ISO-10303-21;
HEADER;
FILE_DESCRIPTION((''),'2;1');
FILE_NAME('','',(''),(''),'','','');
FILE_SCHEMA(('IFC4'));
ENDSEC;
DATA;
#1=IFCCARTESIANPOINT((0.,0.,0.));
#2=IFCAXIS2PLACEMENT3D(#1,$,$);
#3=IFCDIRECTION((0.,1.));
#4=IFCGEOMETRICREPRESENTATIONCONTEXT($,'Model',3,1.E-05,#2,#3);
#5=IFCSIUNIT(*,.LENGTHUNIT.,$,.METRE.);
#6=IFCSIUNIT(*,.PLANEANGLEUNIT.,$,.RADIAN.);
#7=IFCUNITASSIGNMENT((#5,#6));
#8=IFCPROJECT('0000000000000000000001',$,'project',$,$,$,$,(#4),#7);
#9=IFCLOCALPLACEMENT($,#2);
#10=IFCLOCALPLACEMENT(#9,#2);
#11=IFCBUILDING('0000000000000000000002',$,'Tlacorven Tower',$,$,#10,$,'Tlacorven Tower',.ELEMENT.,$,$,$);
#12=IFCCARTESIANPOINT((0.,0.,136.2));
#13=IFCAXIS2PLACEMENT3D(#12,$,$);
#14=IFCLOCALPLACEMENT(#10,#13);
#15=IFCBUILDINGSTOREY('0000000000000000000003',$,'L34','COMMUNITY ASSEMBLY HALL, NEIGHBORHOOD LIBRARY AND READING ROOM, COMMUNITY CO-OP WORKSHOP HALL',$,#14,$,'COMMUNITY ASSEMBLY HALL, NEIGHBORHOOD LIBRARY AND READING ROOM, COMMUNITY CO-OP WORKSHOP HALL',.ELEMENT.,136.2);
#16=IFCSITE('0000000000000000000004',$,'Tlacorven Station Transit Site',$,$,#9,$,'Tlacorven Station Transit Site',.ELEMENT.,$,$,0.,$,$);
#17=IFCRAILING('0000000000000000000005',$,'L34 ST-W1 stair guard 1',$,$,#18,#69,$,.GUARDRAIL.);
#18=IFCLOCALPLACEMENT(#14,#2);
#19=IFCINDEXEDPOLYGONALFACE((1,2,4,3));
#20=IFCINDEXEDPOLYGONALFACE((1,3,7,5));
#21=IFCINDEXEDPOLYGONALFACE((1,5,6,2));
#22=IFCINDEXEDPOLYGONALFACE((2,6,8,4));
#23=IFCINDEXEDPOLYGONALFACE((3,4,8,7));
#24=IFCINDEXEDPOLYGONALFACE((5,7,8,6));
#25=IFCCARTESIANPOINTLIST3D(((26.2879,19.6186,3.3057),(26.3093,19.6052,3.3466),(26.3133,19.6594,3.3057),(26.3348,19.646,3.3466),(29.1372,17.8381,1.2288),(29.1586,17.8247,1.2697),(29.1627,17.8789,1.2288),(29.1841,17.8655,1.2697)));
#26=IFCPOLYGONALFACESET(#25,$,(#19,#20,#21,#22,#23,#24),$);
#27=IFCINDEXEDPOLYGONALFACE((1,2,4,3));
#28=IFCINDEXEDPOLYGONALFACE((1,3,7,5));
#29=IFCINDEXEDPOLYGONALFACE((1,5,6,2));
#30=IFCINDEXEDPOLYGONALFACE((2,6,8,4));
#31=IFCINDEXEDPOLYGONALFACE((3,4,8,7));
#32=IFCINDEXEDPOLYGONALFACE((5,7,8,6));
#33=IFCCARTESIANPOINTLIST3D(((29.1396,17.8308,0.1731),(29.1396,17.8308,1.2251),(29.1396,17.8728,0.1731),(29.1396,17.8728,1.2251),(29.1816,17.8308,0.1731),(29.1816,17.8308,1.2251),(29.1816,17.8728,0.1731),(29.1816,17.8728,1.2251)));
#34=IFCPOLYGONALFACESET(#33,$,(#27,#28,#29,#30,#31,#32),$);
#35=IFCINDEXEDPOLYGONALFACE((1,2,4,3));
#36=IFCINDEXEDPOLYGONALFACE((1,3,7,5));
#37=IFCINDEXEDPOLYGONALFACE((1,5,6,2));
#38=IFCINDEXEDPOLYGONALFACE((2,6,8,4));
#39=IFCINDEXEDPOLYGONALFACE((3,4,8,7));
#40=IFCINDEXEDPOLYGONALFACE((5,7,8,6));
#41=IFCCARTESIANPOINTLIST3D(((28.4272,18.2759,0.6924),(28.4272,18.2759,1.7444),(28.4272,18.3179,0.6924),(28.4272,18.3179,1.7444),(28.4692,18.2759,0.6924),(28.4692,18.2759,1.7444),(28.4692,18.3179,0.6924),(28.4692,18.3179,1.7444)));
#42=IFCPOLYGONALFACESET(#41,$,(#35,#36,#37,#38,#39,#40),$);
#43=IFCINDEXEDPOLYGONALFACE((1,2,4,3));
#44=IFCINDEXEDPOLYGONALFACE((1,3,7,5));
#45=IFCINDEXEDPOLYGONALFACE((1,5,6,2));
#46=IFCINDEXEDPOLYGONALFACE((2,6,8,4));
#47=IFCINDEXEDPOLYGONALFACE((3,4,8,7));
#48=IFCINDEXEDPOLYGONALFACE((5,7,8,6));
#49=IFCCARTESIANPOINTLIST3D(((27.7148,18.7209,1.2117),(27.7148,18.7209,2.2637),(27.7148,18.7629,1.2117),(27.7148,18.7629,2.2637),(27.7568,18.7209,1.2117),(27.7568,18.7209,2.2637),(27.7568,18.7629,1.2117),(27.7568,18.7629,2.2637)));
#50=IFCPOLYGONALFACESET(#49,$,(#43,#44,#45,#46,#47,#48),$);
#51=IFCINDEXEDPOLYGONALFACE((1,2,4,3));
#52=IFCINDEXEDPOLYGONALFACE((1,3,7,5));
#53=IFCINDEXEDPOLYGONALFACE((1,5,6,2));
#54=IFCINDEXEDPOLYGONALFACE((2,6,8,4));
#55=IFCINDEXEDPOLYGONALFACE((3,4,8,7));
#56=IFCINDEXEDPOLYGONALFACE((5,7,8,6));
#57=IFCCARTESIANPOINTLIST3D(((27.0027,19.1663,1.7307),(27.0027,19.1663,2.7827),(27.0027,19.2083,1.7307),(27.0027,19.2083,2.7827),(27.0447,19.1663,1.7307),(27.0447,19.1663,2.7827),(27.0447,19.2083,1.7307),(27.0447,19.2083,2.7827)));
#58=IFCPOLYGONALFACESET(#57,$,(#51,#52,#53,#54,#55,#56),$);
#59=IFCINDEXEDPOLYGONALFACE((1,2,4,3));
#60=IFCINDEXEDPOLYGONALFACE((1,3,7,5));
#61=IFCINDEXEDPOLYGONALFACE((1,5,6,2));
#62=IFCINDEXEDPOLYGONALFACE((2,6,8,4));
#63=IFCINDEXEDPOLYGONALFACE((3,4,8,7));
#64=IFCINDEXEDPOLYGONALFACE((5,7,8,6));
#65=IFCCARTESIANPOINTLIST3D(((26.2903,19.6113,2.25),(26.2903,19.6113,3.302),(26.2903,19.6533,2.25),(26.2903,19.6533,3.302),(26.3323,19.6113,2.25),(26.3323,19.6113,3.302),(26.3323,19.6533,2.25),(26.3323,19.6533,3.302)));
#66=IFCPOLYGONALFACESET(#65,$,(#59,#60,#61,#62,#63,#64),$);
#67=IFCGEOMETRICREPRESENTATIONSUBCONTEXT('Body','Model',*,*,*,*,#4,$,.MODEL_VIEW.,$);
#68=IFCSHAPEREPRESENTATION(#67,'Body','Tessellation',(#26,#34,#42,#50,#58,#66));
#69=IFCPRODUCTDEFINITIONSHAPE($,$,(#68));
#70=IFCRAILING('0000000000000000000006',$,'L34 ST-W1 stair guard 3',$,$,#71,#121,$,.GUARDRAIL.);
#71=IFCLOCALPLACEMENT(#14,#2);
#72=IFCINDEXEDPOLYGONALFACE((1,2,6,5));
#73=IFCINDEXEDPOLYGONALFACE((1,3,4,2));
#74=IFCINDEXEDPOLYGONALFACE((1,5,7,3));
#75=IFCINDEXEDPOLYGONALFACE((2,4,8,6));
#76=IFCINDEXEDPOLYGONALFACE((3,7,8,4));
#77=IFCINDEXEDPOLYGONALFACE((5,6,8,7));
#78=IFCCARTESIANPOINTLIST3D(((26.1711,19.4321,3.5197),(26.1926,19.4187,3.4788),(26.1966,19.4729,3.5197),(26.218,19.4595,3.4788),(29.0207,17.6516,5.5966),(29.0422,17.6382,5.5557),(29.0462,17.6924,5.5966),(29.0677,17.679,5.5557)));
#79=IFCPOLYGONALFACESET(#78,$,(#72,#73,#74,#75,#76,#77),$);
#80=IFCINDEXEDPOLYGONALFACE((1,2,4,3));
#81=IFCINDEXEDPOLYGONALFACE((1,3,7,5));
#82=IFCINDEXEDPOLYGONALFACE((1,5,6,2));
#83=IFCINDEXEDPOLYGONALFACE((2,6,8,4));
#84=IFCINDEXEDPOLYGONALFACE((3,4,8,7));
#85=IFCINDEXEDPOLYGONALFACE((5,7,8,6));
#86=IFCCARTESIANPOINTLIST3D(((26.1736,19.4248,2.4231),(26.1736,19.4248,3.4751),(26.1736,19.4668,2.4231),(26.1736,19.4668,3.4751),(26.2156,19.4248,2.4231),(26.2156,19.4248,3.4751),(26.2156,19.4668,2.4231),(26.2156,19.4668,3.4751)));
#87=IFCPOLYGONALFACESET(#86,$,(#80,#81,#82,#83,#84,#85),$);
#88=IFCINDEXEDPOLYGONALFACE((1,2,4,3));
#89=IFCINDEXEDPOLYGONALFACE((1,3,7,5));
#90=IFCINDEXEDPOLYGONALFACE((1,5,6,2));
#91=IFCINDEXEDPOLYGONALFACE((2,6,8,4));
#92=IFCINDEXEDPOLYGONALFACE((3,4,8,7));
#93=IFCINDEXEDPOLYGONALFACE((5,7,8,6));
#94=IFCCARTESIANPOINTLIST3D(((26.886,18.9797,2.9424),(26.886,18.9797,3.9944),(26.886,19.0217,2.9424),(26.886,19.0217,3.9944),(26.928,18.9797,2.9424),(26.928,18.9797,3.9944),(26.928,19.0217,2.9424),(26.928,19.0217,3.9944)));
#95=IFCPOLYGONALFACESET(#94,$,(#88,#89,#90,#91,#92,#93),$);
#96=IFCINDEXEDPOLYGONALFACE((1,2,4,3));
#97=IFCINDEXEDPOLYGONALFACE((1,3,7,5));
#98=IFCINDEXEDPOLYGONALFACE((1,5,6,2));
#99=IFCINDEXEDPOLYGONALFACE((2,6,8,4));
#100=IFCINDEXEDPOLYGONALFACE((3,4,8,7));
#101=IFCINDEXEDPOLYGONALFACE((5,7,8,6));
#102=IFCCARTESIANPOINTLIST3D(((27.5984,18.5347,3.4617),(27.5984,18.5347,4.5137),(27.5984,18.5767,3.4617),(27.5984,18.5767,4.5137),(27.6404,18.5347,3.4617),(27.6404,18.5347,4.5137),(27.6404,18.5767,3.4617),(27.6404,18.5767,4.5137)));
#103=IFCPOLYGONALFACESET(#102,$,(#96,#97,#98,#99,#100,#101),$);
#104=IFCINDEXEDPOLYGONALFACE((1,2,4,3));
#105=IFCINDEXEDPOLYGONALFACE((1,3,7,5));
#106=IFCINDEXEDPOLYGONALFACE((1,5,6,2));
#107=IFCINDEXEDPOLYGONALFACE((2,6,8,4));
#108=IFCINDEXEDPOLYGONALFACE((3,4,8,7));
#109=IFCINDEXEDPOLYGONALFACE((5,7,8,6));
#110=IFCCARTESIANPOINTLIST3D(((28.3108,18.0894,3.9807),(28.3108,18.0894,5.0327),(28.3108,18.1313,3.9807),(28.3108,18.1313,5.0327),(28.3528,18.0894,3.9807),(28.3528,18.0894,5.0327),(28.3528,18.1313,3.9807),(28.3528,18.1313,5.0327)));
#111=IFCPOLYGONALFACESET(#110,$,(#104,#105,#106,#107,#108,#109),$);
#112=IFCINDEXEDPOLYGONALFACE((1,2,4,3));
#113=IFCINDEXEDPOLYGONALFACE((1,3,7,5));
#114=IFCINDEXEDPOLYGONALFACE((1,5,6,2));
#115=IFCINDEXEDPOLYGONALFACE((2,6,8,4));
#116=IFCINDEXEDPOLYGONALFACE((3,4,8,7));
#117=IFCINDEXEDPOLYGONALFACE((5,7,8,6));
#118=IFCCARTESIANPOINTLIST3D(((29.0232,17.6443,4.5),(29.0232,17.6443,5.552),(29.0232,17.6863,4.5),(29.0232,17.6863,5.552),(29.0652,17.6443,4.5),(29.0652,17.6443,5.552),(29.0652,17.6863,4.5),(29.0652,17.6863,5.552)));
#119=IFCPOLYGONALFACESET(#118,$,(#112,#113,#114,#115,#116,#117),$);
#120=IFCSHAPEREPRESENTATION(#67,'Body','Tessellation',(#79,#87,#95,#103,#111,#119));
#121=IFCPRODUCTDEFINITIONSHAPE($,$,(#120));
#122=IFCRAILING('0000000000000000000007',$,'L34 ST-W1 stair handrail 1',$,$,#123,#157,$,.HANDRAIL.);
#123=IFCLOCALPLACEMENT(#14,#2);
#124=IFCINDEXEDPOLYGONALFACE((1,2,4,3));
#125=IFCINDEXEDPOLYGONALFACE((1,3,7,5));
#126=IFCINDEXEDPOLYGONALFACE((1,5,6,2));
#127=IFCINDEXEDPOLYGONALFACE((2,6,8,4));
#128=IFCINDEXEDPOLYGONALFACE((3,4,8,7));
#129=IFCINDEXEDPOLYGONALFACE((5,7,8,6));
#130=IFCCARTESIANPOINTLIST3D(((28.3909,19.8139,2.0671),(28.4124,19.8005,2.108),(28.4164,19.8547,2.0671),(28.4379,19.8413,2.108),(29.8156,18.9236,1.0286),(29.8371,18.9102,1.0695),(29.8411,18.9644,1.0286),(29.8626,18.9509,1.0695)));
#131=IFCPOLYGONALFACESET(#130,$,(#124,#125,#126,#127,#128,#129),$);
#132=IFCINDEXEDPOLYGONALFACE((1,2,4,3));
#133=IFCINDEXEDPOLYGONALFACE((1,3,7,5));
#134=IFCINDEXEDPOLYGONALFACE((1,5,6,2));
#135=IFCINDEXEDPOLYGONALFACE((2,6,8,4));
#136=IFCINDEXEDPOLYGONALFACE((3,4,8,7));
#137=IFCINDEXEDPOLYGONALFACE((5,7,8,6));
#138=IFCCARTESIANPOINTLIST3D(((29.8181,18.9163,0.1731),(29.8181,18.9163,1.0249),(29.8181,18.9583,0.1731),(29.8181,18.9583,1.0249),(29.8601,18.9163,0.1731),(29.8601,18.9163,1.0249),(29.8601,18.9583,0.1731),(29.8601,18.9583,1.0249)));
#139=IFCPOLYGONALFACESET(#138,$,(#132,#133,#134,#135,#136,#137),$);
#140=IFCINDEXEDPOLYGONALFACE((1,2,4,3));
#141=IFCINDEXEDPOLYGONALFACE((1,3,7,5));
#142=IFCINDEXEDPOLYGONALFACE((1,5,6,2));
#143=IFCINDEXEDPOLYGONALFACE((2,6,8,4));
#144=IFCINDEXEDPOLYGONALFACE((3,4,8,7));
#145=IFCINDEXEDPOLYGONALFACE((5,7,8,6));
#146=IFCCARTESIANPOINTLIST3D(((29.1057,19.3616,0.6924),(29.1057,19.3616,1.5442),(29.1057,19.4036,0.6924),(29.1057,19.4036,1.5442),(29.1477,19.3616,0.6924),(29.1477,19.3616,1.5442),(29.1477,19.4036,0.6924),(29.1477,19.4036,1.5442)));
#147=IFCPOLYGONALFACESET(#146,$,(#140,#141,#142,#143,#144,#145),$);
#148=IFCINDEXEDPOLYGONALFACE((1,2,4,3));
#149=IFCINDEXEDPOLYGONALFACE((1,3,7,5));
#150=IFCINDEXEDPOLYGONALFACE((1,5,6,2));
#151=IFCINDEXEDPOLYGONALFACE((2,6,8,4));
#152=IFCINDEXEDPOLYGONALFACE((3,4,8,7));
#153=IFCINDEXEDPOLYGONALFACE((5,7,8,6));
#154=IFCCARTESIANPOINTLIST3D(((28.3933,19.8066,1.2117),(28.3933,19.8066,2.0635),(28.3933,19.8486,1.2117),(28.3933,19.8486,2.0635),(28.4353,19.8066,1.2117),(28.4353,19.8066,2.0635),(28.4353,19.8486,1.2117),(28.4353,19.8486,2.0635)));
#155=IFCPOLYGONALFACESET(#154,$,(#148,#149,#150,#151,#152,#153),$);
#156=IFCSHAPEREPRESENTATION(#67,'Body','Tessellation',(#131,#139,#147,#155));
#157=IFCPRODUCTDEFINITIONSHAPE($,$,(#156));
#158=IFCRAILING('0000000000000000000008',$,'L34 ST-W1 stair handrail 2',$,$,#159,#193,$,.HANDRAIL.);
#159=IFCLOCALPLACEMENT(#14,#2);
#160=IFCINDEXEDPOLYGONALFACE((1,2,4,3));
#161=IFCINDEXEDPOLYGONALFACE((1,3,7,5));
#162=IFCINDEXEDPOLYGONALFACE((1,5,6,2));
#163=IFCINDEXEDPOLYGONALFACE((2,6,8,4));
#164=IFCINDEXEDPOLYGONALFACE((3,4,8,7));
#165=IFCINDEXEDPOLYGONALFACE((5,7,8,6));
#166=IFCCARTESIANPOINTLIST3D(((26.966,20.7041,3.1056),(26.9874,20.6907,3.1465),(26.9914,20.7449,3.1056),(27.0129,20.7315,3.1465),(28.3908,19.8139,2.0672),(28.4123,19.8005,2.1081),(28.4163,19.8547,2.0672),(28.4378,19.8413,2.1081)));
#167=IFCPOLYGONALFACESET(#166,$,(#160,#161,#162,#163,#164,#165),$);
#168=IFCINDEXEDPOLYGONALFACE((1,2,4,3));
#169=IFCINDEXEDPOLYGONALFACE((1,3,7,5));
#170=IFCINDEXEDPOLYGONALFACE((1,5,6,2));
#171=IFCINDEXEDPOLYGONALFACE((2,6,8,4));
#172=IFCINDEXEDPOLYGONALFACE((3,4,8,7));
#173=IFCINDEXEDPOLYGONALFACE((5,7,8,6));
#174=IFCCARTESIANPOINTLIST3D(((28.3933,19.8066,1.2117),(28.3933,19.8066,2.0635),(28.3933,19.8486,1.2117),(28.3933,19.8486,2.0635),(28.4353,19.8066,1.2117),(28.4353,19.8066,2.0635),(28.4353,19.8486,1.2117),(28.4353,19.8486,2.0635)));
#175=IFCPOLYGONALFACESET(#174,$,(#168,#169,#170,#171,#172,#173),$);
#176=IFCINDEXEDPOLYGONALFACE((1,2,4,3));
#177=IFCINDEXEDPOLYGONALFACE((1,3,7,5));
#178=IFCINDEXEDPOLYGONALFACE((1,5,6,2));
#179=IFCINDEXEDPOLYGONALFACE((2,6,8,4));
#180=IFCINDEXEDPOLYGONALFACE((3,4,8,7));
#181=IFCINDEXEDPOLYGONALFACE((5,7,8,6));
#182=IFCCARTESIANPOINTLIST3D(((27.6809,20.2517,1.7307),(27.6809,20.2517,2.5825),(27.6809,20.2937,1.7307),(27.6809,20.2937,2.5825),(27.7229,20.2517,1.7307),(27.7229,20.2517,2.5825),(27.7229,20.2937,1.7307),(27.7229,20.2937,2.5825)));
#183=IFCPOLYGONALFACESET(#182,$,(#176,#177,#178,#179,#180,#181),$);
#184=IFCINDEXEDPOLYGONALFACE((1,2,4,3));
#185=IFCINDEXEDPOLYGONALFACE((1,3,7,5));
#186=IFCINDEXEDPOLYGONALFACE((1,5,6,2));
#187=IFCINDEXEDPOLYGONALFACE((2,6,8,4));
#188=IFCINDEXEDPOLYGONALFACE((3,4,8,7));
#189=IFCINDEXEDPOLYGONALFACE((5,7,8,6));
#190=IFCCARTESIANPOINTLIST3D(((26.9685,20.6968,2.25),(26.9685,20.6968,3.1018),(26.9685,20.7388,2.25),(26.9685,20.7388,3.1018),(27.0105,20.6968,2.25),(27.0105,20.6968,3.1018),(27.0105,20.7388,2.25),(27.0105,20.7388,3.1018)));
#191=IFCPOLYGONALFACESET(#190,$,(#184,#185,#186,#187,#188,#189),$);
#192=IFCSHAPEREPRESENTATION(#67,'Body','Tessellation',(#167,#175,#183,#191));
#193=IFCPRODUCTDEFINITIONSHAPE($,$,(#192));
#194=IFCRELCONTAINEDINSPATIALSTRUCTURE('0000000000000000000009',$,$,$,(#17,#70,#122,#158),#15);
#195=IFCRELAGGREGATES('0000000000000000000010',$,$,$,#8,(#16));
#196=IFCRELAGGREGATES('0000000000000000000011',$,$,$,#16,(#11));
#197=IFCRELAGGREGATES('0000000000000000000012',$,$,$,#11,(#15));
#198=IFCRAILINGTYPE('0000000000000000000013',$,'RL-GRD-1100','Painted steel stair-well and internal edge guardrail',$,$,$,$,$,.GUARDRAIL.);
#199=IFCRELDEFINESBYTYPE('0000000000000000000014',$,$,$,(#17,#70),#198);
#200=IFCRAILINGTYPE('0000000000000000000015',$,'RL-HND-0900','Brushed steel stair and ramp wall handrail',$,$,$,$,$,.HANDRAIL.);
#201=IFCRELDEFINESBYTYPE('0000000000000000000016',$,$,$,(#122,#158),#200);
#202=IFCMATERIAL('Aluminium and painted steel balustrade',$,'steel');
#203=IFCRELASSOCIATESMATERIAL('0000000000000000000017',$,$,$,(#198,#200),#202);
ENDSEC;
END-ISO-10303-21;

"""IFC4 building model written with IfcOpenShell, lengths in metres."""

from ifc_helpers import new_model, si_unit, direction, frame, origin, origin_2d, place, context, subcontext, project, spatial, rectangle, extrude, source, transform, mapped, material, type_object, element, save


model = new_model("IFC4")

# Units and contexts
model_context = context("Model", 3, precision=1e-05, world=origin(), true_north=direction((0.0, 1.0)))
body_context = subcontext(model_context, "Body", "Model", "MODEL_VIEW")
ifc_project = project(units=[si_unit("LENGTHUNIT", "METRE"), si_unit("PLANEANGLEUNIT", "RADIAN")], contexts=[model_context])

# Site, building, storey
site_placement = place(None, origin())
site = spatial("IfcSite", under=ifc_project, at=site_placement, Name="Tlacorven Station Transit Site", LongName="Tlacorven Station Transit Site", CompositionType="ELEMENT", RefElevation=0.0)
building_placement = place(site_placement, origin())
building = spatial("IfcBuilding", under=site, at=building_placement, Name="Tlacorven Tower", LongName="Tlacorven Tower", CompositionType="ELEMENT")
storey_placement = place(building_placement, frame((0.0, 0.0, 136.2)))
storey = spatial("IfcBuildingStorey", under=building, at=storey_placement, Name="L34", Description="COMMUNITY ASSEMBLY HALL, NEIGHBORHOOD LIBRARY AND READING ROOM, COMMUNITY CO-OP WORKSHOP HALL", LongName="COMMUNITY ASSEMBLY HALL, NEIGHBORHOOD LIBRARY AND READING ROOM, COMMUNITY CO-OP WORKSHOP HALL", CompositionType="ELEMENT", Elevation=136.2)

# Railings
ifc_material_1 = material(Name="Aluminium and painted steel balustrade", Category="steel")
railing_type_1 = type_object("IfcRailingType", Name="RL-GRD-1100", Description="Painted steel stair-well and internal edge guardrail", PredefinedType="GUARDRAIL", material=ifc_material_1)
shared_shape_1 = source(origin(), body_context, "Body", "SweptSolid", [
    extrude(rectangle(XDim=0.0481, YDim=0.0481, at=origin_2d()), frame((0.0, 0.0, 1.0762), z_axis=(-0.721355, 0.450762, 0.525796), x_axis=(-0.529927, -0.848043, 0.0)), (0.0, 0.0, 1.0), 3.95),
    extrude(rectangle(XDim=0.042, YDim=0.042, at=origin_2d()), origin(), (0.0, 0.0, 1.0), 1.052),
    extrude(rectangle(XDim=0.042, YDim=0.042, at=origin_2d()), frame((-0.7124, 0.4451, 0.5193)), (0.0, 0.0, 1.0), 1.052),
    extrude(rectangle(XDim=0.042, YDim=0.042, at=origin_2d()), frame((-1.4248, 0.8901, 1.0386)), (0.0, 0.0, 1.0), 1.052),
    extrude(rectangle(XDim=0.042, YDim=0.042, at=origin_2d()), frame((-2.137, 1.3354, 1.5576)), (0.0, 0.0, 1.0), 1.052),
    extrude(rectangle(XDim=0.042, YDim=0.042, at=origin_2d()), frame((-2.8494, 1.7805, 2.0769)), (0.0, 0.0, 1.0), 1.052),
])
railing_1_placement = place(storey_placement, frame((29.1606, 17.8518, 0.1731)))
element("IfcRailing", 1, at=railing_1_placement, inside=storey, type_object=railing_type_1, Name="L34 ST-W1 stair guard 1", PredefinedType="GUARDRAIL", context=body_context, shape_type="MappedRepresentation", body=[
    mapped(shared_shape_1, transform((0.0, 0.0, 0.0), scale=1.0)),
])
shared_shape_2 = source(origin(), body_context, "Body", "SweptSolid", [
    extrude(rectangle(XDim=0.0481, YDim=0.0481, at=origin_2d()), frame((0.0, 0.0, 1.0762), z_axis=(0.721384, -0.450742, 0.525772), x_axis=(0.529894, 0.848064, 0.0)), (0.0, 0.0, 1.0), 3.9502),
    extrude(rectangle(XDim=0.042, YDim=0.042, at=origin_2d()), origin(), (0.0, 0.0, 1.0), 1.052),
    extrude(rectangle(XDim=0.042, YDim=0.042, at=origin_2d()), frame((0.7124, -0.4451, 0.5193)), (0.0, 0.0, 1.0), 1.052),
    extrude(rectangle(XDim=0.042, YDim=0.042, at=origin_2d()), frame((1.4248, -0.8901, 1.0386)), (0.0, 0.0, 1.0), 1.052),
    extrude(rectangle(XDim=0.042, YDim=0.042, at=origin_2d()), frame((2.1372, -1.3354, 1.5576)), (0.0, 0.0, 1.0), 1.052),
    extrude(rectangle(XDim=0.042, YDim=0.042, at=origin_2d()), frame((2.8496, -1.7805, 2.0769)), (0.0, 0.0, 1.0), 1.052),
])
railing_2_placement = place(storey_placement, frame((26.1946, 19.4458, 2.4231)))
element("IfcRailing", 2, at=railing_2_placement, inside=storey, type_object=railing_type_1, Name="L34 ST-W1 stair guard 3", PredefinedType="GUARDRAIL", context=body_context, shape_type="MappedRepresentation", body=[
    mapped(shared_shape_2, transform((0.0, 0.0, 0.0), scale=1.0)),
])
railing_type_2 = type_object("IfcRailingType", Name="RL-HND-0900", Description="Brushed steel stair and ramp wall handrail", PredefinedType="HANDRAIL", material=ifc_material_1)
shared_shape_3 = source(origin(), body_context, "Body", "SweptSolid", [
    extrude(rectangle(XDim=0.0481, YDim=0.0481, at=origin_2d()), frame((0.0, 0.0, 0.876), z_axis=(-0.721341, 0.450776, 0.525803), x_axis=(-0.529947, -0.848031, 0.0)), (0.0, 0.0, 1.0), 1.9751),
    extrude(rectangle(XDim=0.042, YDim=0.042, at=origin_2d()), origin(), (0.0, 0.0, 1.0), 0.8518),
    extrude(rectangle(XDim=0.042, YDim=0.042, at=origin_2d()), frame((-0.7124, 0.4453, 0.5193)), (0.0, 0.0, 1.0), 0.8518),
    extrude(rectangle(XDim=0.042, YDim=0.042, at=origin_2d()), frame((-1.4248, 0.8904, 1.0386)), (0.0, 0.0, 1.0), 0.8518),
])
railing_3_placement = place(storey_placement, frame((29.8391, 18.9373, 0.1731)))
element("IfcRailing", 3, at=railing_3_placement, inside=storey, type_object=railing_type_2, Name="L34 ST-W1 stair handrail 1", PredefinedType="HANDRAIL", context=body_context, shape_type="MappedRepresentation", body=[
    mapped(shared_shape_3, transform((0.0, 0.0, 0.0), scale=1.0)),
])
shared_shape_4 = source(origin(), body_context, "Body", "SweptSolid", [
    extrude(rectangle(XDim=0.0481, YDim=0.0481, at=origin_2d()), frame((0.0, 0.0, 0.876), z_axis=(-0.721428, 0.450707, 0.525742), x_axis=(-0.529842, -0.848096, 0.0)), (0.0, 0.0, 1.0), 1.9751),
    extrude(rectangle(XDim=0.042, YDim=0.042, at=origin_2d()), origin(), (0.0, 0.0, 1.0), 0.8518),
    extrude(rectangle(XDim=0.042, YDim=0.042, at=origin_2d()), frame((-0.7124, 0.4451, 0.519)), (0.0, 0.0, 1.0), 0.8518),
    extrude(rectangle(XDim=0.042, YDim=0.042, at=origin_2d()), frame((-1.4248, 0.8901, 1.0383)), (0.0, 0.0, 1.0), 0.8518),
])
railing_4_placement = place(storey_placement, frame((28.4143, 19.8276, 1.2117)))
element("IfcRailing", 4, at=railing_4_placement, inside=storey, type_object=railing_type_2, Name="L34 ST-W1 stair handrail 2", PredefinedType="HANDRAIL", context=body_context, shape_type="MappedRepresentation", body=[
    mapped(shared_shape_4, transform((0.0, 0.0, 0.0), scale=1.0)),
])

save(model, "model.ifc")
